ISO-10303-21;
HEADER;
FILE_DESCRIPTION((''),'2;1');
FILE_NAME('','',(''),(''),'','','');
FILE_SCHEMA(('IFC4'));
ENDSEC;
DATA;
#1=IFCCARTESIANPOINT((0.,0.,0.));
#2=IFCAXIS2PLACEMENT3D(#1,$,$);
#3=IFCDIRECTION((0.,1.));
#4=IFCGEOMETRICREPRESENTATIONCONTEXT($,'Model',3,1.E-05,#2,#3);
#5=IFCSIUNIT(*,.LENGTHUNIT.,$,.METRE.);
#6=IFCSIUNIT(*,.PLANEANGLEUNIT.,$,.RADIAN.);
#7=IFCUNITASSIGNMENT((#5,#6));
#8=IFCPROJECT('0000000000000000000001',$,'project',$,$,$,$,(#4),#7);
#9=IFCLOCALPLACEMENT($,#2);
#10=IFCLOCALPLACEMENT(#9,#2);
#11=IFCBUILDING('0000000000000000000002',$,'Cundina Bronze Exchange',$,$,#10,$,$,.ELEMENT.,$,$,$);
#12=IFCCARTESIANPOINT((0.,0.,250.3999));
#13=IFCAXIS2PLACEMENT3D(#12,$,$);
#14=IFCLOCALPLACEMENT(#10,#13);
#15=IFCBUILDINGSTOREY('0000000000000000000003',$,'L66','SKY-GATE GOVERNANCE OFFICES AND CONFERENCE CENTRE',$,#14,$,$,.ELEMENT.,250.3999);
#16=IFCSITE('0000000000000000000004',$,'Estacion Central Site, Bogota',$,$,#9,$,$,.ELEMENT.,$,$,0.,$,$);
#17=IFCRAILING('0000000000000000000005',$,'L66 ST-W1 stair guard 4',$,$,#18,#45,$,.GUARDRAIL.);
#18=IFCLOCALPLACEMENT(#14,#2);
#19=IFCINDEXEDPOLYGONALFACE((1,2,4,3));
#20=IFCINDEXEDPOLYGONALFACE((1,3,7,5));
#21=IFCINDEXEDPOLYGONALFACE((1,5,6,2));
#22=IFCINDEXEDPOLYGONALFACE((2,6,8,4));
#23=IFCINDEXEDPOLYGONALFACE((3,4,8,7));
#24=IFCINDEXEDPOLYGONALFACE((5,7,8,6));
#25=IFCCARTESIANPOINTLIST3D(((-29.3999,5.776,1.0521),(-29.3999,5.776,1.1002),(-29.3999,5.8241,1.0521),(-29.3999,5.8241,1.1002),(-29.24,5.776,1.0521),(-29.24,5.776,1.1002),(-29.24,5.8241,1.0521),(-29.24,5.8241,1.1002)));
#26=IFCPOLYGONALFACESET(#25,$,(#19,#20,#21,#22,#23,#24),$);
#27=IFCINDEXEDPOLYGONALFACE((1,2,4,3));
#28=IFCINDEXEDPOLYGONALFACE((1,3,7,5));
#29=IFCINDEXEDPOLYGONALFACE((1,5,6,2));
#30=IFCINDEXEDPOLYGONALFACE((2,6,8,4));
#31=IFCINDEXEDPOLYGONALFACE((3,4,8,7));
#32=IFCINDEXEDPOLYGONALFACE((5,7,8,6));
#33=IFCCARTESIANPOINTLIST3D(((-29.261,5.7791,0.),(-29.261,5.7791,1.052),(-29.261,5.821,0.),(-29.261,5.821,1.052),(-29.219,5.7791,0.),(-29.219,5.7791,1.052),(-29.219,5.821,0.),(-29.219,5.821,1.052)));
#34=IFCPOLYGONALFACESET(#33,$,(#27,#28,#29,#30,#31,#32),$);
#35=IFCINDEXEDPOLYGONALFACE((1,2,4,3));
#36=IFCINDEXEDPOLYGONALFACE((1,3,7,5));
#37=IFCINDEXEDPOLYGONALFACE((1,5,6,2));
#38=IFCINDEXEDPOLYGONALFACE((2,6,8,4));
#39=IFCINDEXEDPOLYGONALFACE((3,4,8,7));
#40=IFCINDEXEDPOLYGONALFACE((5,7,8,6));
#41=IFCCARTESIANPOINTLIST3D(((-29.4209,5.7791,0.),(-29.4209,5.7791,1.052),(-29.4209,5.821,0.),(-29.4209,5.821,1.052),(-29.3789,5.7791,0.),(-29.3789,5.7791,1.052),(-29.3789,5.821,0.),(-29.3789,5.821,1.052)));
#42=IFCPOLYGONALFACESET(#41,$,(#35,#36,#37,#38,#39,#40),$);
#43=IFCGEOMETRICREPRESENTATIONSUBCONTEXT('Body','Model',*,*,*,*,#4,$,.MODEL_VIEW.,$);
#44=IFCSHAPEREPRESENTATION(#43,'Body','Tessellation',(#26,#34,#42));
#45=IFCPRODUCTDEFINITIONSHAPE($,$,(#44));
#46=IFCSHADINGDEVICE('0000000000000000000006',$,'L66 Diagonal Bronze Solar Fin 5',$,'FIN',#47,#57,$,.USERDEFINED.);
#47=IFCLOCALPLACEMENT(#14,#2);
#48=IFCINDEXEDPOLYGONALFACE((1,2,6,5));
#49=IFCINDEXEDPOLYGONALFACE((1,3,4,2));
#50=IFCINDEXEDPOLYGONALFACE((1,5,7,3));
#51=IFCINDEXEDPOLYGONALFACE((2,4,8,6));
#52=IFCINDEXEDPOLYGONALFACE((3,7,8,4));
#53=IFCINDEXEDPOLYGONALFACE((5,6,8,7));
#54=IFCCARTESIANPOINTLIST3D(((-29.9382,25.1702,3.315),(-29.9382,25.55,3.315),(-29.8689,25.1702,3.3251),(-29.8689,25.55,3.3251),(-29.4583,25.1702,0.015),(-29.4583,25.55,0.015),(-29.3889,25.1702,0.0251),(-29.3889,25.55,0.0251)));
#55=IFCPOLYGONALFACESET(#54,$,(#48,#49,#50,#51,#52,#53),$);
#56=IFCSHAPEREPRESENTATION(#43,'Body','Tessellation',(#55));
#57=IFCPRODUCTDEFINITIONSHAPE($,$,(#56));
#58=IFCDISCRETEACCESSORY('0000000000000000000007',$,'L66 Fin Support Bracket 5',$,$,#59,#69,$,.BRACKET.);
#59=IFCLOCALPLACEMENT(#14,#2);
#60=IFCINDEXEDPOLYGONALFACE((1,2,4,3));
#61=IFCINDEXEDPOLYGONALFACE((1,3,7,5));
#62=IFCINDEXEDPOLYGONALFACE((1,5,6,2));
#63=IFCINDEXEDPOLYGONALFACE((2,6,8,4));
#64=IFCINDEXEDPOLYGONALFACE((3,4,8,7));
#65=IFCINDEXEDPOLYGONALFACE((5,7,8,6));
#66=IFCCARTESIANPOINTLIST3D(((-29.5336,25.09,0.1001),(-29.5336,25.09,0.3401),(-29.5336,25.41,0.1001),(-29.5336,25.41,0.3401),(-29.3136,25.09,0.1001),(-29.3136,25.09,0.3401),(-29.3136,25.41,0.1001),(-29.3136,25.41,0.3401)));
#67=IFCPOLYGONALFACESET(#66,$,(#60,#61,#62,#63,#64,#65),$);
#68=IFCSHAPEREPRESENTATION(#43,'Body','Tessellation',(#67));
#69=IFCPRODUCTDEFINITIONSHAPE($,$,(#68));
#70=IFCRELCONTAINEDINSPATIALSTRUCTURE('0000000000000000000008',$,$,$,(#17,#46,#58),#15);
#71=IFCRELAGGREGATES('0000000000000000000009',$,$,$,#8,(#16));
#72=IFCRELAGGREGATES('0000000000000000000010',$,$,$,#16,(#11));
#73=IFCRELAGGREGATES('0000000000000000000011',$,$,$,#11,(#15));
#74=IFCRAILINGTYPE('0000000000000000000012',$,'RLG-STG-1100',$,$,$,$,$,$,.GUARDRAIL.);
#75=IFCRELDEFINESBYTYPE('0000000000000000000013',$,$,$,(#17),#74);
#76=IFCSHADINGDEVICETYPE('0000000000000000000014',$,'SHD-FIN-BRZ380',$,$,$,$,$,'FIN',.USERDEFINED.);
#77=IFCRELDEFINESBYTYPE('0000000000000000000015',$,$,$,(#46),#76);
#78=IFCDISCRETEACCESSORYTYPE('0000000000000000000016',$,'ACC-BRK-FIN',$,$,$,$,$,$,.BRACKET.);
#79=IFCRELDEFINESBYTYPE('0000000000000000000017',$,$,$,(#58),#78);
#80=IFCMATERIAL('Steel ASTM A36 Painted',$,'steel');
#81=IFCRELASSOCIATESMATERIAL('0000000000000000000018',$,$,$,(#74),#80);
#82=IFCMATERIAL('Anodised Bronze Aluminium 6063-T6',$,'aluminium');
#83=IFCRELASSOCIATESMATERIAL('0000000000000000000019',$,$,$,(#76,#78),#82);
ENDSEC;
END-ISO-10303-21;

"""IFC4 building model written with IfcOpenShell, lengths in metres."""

from ifc_helpers import new_model, si_unit, direction, frame, origin, origin_2d, place, context, subcontext, project, spatial, rectangle, extrude, material, material_profile, profile_set, type_object, element, save


model = new_model("IFC4")

# Units and contexts
model_context = context("Model", 3, precision=1e-05, world=origin(), true_north=direction((0.0, 1.0)))
body_context = subcontext(model_context, "Body", "Model", "MODEL_VIEW")
ifc_project = project(units=[si_unit("LENGTHUNIT", "METRE"), si_unit("PLANEANGLEUNIT", "RADIAN")], contexts=[model_context])

# Site, building, storey
site_placement = place(None, origin())
site = spatial("IfcSite", under=ifc_project, at=site_placement, Name="Estacion Central Site, Bogota", CompositionType="ELEMENT", RefElevation=0.0)
building_placement = place(site_placement, origin())
building = spatial("IfcBuilding", under=site, at=building_placement, Name="Cundina Bronze Exchange", CompositionType="ELEMENT")
storey_placement = place(building_placement, frame((0.0, 0.0, 250.3999)))
storey = spatial("IfcBuildingStorey", under=building, at=storey_placement, Name="L66", Description="SKY-GATE GOVERNANCE OFFICES AND CONFERENCE CENTRE", CompositionType="ELEMENT", Elevation=250.3999)

# Shared definitions
ifc_material_1 = material(Name="Anodised Bronze Aluminium 6063-T6", Category="aluminium")

# Shared definitions
ifc_material_2 = material(Name="Steel ASTM A36 Painted", Category="steel")

# Railing
railing_type_1 = type_object("IfcRailingType", Name="RLG-STG-1100", PredefinedType="GUARDRAIL", material=ifc_material_2)
railing_1_placement = place(storey_placement, frame((-29.24, 5.8, 0.0)))
element("IfcRailing", 1, at=railing_1_placement, inside=storey, type_object=railing_type_1, Name="L66 ST-W1 stair guard 4", PredefinedType="GUARDRAIL", context=body_context, shape_type="SweptSolid", body=[
    extrude(rectangle(XDim=0.0481, YDim=0.0481, at=origin_2d()), frame((0.0, 0.0, 1.0762), z_axis=(-1.0, 0.0, 0.0), x_axis=(0.0, -1.0, 0.0)), (0.0, 0.0, 1.0), 0.1599),
    extrude(rectangle(XDim=0.042, YDim=0.042, at=origin_2d()), origin(), (0.0, 0.0, 1.0), 1.052),
    extrude(rectangle(XDim=0.042, YDim=0.042, at=origin_2d()), frame((-0.1599, 0.0, 0.0)), (0.0, 0.0, 1.0), 1.052),
])

# Shading device
ifc_material_profile_1 = material_profile(ifc_material_1, rectangle(XDim=0.0701, YDim=0.3799, at=origin_2d()), Name="FIN70X380", Category="aluminium")
ifc_profile_set_1 = profile_set([ifc_material_profile_1], Name="Anodised Bronze Aluminium 6063-T6")
shading_device_type = type_object("IfcShadingDeviceType", Name="SHD-FIN-BRZ380", ElementType="FIN", PredefinedType="USERDEFINED", material=ifc_profile_set_1)
shading_device_placement = place(storey_placement, frame((-29.4236, 25.3601, 0.02), z_axis=(-0.143932, 0.0, 0.989588), x_axis=(0.989588, 0.0, 0.143932)))
element("IfcShadingDevice", 2, at=shading_device_placement, inside=storey, type_object=shading_device_type, Name="L66 Diagonal Bronze Solar Fin 5", ObjectType="FIN", PredefinedType="USERDEFINED", context=body_context, shape_type="SweptSolid", body=[
    extrude(rectangle(XDim=0.0701, YDim=0.3799, at=origin_2d()), origin(), (0.0, 0.0, 1.0), 3.3347),
])

# Discrete accessory
discrete_accessory_type = type_object("IfcDiscreteAccessoryType", Name="ACC-BRK-FIN", PredefinedType="BRACKET", material=ifc_material_1)
discrete_accessory_placement = place(storey_placement, frame((-29.4236, 25.25, 0.1001), z_axis=(0.0, 0.0, 1.0), x_axis=(-1.0, 0.0, 0.0)))
element("IfcDiscreteAccessory", 3, at=discrete_accessory_placement, inside=storey, type_object=discrete_accessory_type, Name="L66 Fin Support Bracket 5", PredefinedType="BRACKET", context=body_context, shape_type="SweptSolid", body=[
    extrude(rectangle(XDim=0.22, YDim=0.3201, at=origin_2d()), origin(), (0.0, 0.0, 1.0), 0.24),
])

save(model, "model.ifc")
